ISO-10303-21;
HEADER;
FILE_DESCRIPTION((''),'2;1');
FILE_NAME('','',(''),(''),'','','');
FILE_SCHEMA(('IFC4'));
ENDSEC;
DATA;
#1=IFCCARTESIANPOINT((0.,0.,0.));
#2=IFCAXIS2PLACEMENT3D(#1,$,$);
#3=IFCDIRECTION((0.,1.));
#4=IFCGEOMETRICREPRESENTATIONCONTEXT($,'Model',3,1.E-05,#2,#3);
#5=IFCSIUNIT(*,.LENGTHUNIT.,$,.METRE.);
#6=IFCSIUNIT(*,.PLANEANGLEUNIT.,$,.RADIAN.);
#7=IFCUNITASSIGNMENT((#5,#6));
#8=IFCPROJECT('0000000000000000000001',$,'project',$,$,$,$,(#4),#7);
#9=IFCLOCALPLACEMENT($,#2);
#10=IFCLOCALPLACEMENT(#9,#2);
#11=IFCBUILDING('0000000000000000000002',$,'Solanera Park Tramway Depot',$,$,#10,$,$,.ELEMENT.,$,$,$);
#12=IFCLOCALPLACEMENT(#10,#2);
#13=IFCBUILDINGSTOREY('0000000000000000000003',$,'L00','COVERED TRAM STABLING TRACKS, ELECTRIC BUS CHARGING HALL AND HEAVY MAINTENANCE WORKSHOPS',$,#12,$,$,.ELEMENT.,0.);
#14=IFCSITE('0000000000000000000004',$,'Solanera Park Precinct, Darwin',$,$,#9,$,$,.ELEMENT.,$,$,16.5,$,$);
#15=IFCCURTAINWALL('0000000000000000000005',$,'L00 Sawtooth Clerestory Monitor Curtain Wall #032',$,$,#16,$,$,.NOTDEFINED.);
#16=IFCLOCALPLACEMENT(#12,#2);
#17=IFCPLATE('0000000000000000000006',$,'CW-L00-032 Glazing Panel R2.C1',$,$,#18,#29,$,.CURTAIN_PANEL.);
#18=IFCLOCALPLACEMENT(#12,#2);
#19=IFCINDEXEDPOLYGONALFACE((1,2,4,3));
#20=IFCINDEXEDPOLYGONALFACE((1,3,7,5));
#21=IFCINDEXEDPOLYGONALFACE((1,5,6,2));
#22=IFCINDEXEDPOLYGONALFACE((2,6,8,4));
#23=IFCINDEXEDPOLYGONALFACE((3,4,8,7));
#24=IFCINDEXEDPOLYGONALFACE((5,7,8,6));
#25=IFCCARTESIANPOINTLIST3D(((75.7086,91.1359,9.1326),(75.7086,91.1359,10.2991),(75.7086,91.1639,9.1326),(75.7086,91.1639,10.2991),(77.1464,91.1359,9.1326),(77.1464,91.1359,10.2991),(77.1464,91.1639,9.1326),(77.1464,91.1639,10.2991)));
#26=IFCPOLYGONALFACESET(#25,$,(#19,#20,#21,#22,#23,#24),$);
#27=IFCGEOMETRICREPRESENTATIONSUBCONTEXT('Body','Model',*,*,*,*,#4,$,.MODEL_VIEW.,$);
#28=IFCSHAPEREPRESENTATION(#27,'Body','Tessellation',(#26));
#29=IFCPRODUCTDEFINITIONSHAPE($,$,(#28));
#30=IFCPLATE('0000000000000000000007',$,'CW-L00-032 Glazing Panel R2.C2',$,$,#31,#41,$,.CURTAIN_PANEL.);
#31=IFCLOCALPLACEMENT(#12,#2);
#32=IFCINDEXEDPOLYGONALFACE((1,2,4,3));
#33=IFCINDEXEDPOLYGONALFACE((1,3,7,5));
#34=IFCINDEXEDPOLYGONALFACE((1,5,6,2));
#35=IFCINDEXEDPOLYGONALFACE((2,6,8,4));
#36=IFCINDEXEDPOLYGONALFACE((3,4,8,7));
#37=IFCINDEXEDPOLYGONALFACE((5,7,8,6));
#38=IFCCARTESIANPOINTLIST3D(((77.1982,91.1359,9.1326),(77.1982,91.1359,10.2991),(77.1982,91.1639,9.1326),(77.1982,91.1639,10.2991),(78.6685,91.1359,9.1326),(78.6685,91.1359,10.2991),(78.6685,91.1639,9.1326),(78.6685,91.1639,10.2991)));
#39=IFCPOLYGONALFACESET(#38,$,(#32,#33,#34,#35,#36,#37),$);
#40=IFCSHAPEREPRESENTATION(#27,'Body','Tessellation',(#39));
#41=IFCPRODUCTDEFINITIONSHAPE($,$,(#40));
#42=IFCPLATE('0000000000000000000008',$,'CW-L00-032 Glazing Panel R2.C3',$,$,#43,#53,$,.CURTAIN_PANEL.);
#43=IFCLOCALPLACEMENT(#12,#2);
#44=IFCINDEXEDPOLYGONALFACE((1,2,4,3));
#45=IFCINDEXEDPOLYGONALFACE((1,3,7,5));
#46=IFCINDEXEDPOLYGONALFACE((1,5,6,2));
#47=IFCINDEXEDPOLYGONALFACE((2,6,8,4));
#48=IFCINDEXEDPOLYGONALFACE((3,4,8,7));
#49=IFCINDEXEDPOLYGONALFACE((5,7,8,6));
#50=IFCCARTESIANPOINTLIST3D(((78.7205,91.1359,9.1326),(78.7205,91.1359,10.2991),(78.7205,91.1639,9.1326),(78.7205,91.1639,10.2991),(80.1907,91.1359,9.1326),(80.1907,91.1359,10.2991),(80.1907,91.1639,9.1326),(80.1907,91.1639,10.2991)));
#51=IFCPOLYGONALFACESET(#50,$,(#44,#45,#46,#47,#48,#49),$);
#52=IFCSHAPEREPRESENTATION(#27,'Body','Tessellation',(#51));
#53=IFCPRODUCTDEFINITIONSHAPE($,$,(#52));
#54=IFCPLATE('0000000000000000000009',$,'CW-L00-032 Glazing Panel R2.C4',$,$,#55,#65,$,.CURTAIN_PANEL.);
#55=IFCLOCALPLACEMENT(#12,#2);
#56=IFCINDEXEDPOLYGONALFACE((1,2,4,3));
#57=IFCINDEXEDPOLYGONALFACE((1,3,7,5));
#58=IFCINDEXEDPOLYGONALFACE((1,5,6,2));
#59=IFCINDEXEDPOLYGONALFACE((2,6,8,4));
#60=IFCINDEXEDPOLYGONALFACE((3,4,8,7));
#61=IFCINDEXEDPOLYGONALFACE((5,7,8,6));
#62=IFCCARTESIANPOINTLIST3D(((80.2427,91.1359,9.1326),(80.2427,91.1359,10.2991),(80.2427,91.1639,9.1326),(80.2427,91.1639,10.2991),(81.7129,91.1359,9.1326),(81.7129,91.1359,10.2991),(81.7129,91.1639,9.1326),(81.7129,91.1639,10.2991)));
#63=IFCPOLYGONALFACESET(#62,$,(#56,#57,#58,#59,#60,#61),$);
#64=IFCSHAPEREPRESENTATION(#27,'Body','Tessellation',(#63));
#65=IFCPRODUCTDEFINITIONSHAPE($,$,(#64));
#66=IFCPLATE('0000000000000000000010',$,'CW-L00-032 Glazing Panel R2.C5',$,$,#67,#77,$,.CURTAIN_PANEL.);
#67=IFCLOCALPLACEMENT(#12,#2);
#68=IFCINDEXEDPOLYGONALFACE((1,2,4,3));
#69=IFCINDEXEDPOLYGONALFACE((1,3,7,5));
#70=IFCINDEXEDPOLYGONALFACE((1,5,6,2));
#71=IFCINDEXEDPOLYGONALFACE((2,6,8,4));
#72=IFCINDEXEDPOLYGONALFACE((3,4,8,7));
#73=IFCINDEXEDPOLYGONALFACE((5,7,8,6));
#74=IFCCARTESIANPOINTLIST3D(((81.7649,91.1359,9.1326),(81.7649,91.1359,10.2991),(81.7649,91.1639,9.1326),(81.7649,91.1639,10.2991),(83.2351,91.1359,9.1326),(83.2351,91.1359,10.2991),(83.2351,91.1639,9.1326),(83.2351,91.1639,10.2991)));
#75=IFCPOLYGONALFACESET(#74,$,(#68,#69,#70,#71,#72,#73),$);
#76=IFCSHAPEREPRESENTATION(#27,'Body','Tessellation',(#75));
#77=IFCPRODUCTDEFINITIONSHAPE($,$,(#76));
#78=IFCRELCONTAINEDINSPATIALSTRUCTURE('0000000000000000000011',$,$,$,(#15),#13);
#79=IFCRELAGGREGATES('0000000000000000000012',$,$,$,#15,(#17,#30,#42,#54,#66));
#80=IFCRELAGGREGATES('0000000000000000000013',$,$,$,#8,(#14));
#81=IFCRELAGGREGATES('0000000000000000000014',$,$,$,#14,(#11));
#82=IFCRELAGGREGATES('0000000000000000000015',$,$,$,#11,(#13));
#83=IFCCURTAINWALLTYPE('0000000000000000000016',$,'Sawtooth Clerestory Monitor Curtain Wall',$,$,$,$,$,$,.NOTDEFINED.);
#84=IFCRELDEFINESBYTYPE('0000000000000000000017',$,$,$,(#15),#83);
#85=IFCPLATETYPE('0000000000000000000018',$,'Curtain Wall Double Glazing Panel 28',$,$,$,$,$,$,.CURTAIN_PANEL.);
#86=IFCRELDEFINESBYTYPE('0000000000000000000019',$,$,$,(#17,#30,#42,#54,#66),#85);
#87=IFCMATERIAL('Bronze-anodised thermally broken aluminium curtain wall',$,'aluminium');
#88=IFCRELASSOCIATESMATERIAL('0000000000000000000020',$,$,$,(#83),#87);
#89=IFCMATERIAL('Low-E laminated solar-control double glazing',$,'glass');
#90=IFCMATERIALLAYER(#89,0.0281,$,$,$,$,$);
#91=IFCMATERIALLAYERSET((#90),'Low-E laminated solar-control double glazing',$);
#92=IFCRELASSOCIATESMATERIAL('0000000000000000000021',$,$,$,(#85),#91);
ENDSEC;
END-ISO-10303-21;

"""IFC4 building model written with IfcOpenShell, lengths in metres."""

from ifc_helpers import new_model, si_unit, direction, frame, origin, origin_2d, place, context, subcontext, project, spatial, rectangle, extrude, material, layer, layer_set, type_object, element, aggregate, save


model = new_model("IFC4")

# Units and contexts
model_context = context("Model", 3, precision=1e-05, world=origin(), true_north=direction((0.0, 1.0)))
body_context = subcontext(model_context, "Body", "Model", "MODEL_VIEW")
ifc_project = project(units=[si_unit("LENGTHUNIT", "METRE"), si_unit("PLANEANGLEUNIT", "RADIAN")], contexts=[model_context])

# Site, building, storey
site_placement = place(None, origin())
site = spatial("IfcSite", under=ifc_project, at=site_placement, Name="Solanera Park Precinct, Darwin", CompositionType="ELEMENT", RefElevation=16.5)
building_placement = place(site_placement, origin())
building = spatial("IfcBuilding", under=site, at=building_placement, Name="Solanera Park Tramway Depot", CompositionType="ELEMENT")
storey_placement = place(building_placement, origin())
storey = spatial("IfcBuildingStorey", under=building, at=storey_placement, Name="L00", Description="COVERED TRAM STABLING TRACKS, ELECTRIC BUS CHARGING HALL AND HEAVY MAINTENANCE WORKSHOPS", CompositionType="ELEMENT", Elevation=0.0)

# Curtain wall
ifc_material_1 = material(Name="Bronze-anodised thermally broken aluminium curtain wall", Category="aluminium")
curtain_wall_type = type_object("IfcCurtainWallType", Name="Sawtooth Clerestory Monitor Curtain Wall", PredefinedType="NOTDEFINED", material=ifc_material_1)
curtain_wall_placement = place(storey_placement, origin())
curtain_wall = element("IfcCurtainWall", 1, at=curtain_wall_placement, inside=storey, type_object=curtain_wall_type, Name="L00 Sawtooth Clerestory Monitor Curtain Wall #032", PredefinedType="NOTDEFINED")

# Plates
ifc_material_2 = material(Name="Low-E laminated solar-control double glazing", Category="glass")
ifc_layer = layer(ifc_material_2, 0.0281)
ifc_layer_set = layer_set([ifc_layer], Name="Low-E laminated solar-control double glazing")
plate_type = type_object("IfcPlateType", Name="Curtain Wall Double Glazing Panel 28", PredefinedType="CURTAIN_PANEL", material=ifc_layer_set)
plate_1_placement = place(storey_placement, frame((76.4275, 91.1499, 9.1326), z_axis=(0.0, 0.0, 1.0), x_axis=(1.0, 0.0, 0.0)))
plate_1 = element("IfcPlate", 2, at=plate_1_placement, type_object=plate_type, Name="CW-L00-032 Glazing Panel R2.C1", PredefinedType="CURTAIN_PANEL", context=body_context, shape_type="SweptSolid", body=[
    extrude(rectangle(XDim=1.4377, YDim=0.0281, at=origin_2d()), origin(), (0.0, 0.0, 1.0), 1.1665),
])
plate_2_placement = place(storey_placement, frame((77.9333, 91.1499, 9.1326), z_axis=(0.0, 0.0, 1.0), x_axis=(1.0, 0.0, 0.0)))
plate_2 = element("IfcPlate", 3, at=plate_2_placement, type_object=plate_type, Name="CW-L00-032 Glazing Panel R2.C2", PredefinedType="CURTAIN_PANEL", context=body_context, shape_type="SweptSolid", body=[
    extrude(rectangle(XDim=1.4702, YDim=0.0281, at=origin_2d()), origin(), (0.0, 0.0, 1.0), 1.1665),
])
plate_3_placement = place(storey_placement, frame((79.4556, 91.1499, 9.1326), z_axis=(0.0, 0.0, 1.0), x_axis=(1.0, 0.0, 0.0)))
plate_3 = element("IfcPlate", 4, at=plate_3_placement, type_object=plate_type, Name="CW-L00-032 Glazing Panel R2.C3", PredefinedType="CURTAIN_PANEL", context=body_context, shape_type="SweptSolid", body=[
    extrude(rectangle(XDim=1.4702, YDim=0.0281, at=origin_2d()), origin(), (0.0, 0.0, 1.0), 1.1665),
])
plate_4_placement = place(storey_placement, frame((80.9778, 91.1499, 9.1326), z_axis=(0.0, 0.0, 1.0), x_axis=(1.0, 0.0, 0.0)))
plate_4 = element("IfcPlate", 5, at=plate_4_placement, type_object=plate_type, Name="CW-L00-032 Glazing Panel R2.C4", PredefinedType="CURTAIN_PANEL", context=body_context, shape_type="SweptSolid", body=[
    extrude(rectangle(XDim=1.4702, YDim=0.0281, at=origin_2d()), origin(), (0.0, 0.0, 1.0), 1.1665),
])
plate_5_placement = place(storey_placement, frame((82.5, 91.1499, 9.1326), z_axis=(0.0, 0.0, 1.0), x_axis=(1.0, 0.0, 0.0)))
plate_5 = element("IfcPlate", 6, at=plate_5_placement, type_object=plate_type, Name="CW-L00-032 Glazing Panel R2.C5", PredefinedType="CURTAIN_PANEL", context=body_context, shape_type="SweptSolid", body=[
    extrude(rectangle(XDim=1.4702, YDim=0.0281, at=origin_2d()), origin(), (0.0, 0.0, 1.0), 1.1665),
])
aggregate(curtain_wall, [plate_1, plate_2, plate_3, plate_4, plate_5])

save(model, "model.ifc")
